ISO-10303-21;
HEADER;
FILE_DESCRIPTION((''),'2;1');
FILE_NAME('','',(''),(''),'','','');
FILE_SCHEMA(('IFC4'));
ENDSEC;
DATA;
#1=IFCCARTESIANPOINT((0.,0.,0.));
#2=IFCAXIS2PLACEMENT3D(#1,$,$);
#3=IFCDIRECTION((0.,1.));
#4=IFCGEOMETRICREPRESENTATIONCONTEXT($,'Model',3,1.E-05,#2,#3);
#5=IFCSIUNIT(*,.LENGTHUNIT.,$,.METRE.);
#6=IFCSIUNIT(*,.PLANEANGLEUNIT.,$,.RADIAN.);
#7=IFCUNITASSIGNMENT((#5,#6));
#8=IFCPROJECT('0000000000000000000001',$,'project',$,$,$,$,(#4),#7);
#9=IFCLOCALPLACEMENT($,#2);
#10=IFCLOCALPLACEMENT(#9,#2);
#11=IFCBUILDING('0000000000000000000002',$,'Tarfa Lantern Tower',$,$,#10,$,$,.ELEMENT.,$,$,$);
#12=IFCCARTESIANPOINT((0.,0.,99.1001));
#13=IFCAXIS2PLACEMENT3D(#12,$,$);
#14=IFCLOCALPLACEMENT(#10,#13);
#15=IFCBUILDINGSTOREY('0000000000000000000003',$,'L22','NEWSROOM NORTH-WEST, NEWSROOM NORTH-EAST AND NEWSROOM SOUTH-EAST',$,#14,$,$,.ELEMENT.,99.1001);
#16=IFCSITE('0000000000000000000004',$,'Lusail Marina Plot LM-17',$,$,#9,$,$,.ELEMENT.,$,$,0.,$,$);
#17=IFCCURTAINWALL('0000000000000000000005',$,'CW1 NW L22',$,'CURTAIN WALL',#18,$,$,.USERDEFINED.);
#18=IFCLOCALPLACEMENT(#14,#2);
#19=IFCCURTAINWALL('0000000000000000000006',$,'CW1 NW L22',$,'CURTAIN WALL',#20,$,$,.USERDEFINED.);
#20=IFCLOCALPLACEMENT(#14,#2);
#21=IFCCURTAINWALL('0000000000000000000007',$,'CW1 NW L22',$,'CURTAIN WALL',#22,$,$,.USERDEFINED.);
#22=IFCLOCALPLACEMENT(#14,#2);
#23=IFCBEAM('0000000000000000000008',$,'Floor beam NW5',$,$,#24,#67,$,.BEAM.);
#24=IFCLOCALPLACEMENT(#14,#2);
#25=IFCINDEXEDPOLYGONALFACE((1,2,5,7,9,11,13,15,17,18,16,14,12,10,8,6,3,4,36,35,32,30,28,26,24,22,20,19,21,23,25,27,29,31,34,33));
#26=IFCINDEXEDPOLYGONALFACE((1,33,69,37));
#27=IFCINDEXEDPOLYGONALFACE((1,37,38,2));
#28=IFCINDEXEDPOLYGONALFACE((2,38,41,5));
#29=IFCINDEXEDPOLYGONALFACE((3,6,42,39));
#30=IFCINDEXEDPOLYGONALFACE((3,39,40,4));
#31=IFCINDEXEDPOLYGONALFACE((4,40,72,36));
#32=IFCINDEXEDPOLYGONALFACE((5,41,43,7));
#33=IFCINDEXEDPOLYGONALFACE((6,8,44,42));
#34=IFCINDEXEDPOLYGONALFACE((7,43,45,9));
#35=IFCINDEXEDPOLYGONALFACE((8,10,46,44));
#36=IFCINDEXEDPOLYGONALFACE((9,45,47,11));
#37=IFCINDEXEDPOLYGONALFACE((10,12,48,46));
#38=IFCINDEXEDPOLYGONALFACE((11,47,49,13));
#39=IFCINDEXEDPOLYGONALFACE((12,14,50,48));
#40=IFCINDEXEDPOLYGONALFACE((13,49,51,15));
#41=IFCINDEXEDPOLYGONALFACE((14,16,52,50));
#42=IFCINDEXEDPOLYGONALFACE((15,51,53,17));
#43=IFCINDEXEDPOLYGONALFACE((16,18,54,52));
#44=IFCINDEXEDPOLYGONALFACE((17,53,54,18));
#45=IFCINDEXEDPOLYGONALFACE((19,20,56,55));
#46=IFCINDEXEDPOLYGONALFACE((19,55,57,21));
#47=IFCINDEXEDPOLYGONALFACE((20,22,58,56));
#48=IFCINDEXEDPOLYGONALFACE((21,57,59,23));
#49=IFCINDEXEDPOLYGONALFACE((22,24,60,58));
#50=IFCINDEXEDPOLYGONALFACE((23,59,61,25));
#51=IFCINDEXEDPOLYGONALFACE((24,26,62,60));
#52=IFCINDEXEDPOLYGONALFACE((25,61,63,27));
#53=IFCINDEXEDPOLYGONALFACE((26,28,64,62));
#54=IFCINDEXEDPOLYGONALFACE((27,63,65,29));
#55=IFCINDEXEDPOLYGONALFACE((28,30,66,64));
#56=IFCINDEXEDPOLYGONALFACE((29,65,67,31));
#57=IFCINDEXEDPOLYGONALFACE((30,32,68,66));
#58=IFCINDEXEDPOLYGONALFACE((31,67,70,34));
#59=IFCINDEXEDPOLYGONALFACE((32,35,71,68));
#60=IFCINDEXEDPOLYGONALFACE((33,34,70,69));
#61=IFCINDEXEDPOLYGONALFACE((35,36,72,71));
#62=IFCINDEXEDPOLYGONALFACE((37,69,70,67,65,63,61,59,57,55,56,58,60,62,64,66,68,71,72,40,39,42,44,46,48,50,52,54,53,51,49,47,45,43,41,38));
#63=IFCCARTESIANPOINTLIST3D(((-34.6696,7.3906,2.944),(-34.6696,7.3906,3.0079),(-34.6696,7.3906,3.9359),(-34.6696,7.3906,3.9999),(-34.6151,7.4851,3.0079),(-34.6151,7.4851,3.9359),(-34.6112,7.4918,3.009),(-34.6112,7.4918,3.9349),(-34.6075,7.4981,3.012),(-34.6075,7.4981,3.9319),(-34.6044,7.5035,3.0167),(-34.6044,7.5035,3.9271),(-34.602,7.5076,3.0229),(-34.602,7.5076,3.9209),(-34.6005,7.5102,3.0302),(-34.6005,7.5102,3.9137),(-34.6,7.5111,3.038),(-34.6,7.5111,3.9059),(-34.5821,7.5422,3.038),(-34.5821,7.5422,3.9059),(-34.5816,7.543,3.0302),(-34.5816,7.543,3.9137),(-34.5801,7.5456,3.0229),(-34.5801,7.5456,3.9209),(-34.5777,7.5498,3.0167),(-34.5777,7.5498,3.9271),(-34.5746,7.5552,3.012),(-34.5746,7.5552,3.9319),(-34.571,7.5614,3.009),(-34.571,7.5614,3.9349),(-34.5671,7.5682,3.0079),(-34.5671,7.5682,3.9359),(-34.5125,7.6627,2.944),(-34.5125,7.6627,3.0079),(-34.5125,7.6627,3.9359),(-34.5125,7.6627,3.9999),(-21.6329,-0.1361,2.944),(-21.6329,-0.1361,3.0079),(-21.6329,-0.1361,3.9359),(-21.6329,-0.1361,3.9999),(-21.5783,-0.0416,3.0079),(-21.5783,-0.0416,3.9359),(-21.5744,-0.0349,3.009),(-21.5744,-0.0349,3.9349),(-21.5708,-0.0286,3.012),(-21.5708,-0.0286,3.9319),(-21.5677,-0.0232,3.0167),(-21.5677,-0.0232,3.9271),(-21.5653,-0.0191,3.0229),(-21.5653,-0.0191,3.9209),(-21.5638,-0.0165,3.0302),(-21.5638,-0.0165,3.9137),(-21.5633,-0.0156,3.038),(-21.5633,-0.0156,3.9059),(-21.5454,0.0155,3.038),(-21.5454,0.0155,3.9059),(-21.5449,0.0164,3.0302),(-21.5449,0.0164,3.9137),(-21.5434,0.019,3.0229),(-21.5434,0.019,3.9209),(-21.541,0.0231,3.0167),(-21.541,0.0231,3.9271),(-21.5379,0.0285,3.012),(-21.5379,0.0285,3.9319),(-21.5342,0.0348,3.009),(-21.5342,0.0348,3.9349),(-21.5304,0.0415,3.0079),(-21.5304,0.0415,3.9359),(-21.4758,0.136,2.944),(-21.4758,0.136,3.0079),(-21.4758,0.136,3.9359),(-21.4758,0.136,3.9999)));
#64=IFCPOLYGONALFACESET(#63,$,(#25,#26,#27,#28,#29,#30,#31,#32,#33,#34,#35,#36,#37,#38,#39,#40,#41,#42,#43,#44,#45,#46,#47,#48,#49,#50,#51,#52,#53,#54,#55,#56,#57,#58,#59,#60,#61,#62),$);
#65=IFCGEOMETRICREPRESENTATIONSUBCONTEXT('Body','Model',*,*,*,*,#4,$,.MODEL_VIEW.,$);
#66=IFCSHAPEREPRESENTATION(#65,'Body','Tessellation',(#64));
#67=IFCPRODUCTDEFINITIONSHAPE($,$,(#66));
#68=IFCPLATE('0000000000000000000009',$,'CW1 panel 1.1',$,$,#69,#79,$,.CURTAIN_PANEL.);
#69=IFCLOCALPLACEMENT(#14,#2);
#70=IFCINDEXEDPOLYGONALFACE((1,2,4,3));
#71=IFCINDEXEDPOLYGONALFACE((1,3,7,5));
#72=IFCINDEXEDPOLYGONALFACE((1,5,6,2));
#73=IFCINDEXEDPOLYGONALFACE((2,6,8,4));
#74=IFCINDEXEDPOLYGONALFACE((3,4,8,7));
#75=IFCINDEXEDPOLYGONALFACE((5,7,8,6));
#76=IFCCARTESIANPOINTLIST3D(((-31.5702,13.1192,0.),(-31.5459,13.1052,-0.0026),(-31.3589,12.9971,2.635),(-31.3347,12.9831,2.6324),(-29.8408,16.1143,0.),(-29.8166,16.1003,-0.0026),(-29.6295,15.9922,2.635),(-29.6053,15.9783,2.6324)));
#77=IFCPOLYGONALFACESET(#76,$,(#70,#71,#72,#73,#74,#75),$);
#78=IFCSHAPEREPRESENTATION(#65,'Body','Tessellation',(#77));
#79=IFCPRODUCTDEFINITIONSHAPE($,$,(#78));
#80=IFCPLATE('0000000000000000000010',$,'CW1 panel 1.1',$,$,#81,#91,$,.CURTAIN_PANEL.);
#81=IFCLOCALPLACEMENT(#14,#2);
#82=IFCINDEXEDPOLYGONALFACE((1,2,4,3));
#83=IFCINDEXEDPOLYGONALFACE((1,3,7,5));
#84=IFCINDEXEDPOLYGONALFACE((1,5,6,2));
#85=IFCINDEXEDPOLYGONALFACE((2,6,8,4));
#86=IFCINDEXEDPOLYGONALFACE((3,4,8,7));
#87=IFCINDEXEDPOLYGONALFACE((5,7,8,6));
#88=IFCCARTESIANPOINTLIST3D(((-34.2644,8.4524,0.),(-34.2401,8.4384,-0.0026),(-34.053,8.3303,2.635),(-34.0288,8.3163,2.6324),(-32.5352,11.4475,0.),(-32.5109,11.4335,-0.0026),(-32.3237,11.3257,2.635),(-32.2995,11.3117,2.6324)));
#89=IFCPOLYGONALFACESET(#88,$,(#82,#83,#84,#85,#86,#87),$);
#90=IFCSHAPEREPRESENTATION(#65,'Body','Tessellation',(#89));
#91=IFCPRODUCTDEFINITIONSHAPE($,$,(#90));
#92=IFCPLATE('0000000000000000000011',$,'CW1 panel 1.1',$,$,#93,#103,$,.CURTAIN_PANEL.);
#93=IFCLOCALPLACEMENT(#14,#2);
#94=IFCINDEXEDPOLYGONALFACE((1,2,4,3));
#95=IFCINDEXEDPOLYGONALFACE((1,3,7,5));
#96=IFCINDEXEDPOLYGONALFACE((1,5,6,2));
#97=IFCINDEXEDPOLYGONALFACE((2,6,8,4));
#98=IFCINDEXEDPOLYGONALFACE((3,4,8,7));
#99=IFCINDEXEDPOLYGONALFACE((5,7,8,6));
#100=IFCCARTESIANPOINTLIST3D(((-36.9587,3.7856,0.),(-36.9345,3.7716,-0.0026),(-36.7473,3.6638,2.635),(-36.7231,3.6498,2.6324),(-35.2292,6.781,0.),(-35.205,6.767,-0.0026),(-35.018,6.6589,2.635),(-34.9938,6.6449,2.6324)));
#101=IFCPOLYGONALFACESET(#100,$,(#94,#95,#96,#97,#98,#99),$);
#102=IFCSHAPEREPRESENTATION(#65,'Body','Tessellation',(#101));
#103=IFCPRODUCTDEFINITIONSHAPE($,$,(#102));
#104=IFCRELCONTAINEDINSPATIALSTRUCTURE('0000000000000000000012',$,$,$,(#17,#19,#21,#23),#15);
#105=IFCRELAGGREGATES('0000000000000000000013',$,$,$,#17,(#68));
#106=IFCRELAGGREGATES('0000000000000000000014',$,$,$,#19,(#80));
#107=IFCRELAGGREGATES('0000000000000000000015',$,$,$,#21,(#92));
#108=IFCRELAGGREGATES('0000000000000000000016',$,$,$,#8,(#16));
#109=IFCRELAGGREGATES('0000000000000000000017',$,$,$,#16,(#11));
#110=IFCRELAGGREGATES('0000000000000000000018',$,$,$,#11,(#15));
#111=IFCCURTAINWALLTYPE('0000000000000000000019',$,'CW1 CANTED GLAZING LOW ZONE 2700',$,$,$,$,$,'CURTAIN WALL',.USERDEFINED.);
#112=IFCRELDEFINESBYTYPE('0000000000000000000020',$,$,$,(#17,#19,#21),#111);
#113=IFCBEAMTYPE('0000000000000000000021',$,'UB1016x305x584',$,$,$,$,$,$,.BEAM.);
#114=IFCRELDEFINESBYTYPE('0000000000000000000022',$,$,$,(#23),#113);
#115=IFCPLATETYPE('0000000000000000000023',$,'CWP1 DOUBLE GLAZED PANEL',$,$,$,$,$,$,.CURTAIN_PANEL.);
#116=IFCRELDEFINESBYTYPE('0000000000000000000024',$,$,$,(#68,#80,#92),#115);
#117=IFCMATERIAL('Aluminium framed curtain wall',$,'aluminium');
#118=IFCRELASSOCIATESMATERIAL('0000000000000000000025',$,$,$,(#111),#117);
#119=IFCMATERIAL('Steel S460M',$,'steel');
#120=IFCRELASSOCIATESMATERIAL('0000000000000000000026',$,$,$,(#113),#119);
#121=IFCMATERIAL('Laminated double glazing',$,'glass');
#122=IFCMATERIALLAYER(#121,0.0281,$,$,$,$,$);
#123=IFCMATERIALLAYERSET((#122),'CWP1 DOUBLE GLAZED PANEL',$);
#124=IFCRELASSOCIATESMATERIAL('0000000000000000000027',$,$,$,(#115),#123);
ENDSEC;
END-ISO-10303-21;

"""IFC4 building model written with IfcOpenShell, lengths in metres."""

from ifc_helpers import new_model, si_unit, direction, frame, origin, origin_2d, place, context, subcontext, project, spatial, polyline, i_section, outline, extrude, material, layer, layer_set, material_profile, profile_set, type_object, element, aggregate, save


model = new_model("IFC4")

# Units and contexts
model_context = context("Model", 3, precision=1e-05, world=origin(), true_north=direction((0.0, 1.0)))
body_context = subcontext(model_context, "Body", "Model", "MODEL_VIEW")
ifc_project = project(units=[si_unit("LENGTHUNIT", "METRE"), si_unit("PLANEANGLEUNIT", "RADIAN")], contexts=[model_context])

# Site, building, storey
site_placement = place(None, origin())
site = spatial("IfcSite", under=ifc_project, at=site_placement, Name="Lusail Marina Plot LM-17", CompositionType="ELEMENT", RefElevation=0.0)
building_placement = place(site_placement, origin())
building = spatial("IfcBuilding", under=site, at=building_placement, Name="Tarfa Lantern Tower", CompositionType="ELEMENT")
storey_placement = place(building_placement, frame((0.0, 0.0, 99.1001)))
storey = spatial("IfcBuildingStorey", under=building, at=storey_placement, Name="L22", Description="NEWSROOM NORTH-WEST, NEWSROOM NORTH-EAST AND NEWSROOM SOUTH-EAST", CompositionType="ELEMENT", Elevation=99.1001)

# Curtain walls
ifc_material_1 = material(Name="Aluminium framed curtain wall", Category="aluminium")
curtain_wall_type = type_object("IfcCurtainWallType", Name="CW1 CANTED GLAZING LOW ZONE 2700", ElementType="CURTAIN WALL", PredefinedType="USERDEFINED", material=ifc_material_1)
curtain_wall_1_placement = place(storey_placement, origin())
curtain_wall_1 = element("IfcCurtainWall", 1, at=curtain_wall_1_placement, inside=storey, type_object=curtain_wall_type, Name="CW1 NW L22", ObjectType="CURTAIN WALL", PredefinedType="USERDEFINED")
curtain_wall_2_placement = place(storey_placement, origin())
curtain_wall_2 = element("IfcCurtainWall", 2, at=curtain_wall_2_placement, inside=storey, type_object=curtain_wall_type, Name="CW1 NW L22", ObjectType="CURTAIN WALL", PredefinedType="USERDEFINED")
curtain_wall_3_placement = place(storey_placement, origin())
curtain_wall_3 = element("IfcCurtainWall", 3, at=curtain_wall_3_placement, inside=storey, type_object=curtain_wall_type, Name="CW1 NW L22", ObjectType="CURTAIN WALL", PredefinedType="USERDEFINED")

# Beam
ifc_material_2 = material(Name="Steel S460M", Category="steel")
ifc_material_profile_1 = material_profile(ifc_material_2, i_section(OverallWidth=0.3142, OverallDepth=1.0559, WebThickness=0.0359, FlangeThickness=0.064, FilletRadius=0.03, at=origin_2d()), Name="UB1016x305x584")
ifc_profile_set_1 = profile_set([ifc_material_profile_1], Name="Steel S460M")
beam_type_1 = type_object("IfcBeamType", Name="UB1016x305x584", PredefinedType="BEAM", material=ifc_profile_set_1)
beam_1_placement = place(storey_placement, frame((-34.5911, 7.5266, 3.4719), z_axis=(0.866028, -0.499996, 0.0), x_axis=(0.499996, 0.866028, 0.0)))
element("IfcBeam", 4, at=beam_1_placement, inside=storey, type_object=beam_type_1, Name="Floor beam NW5", PredefinedType="BEAM", context=body_context, shape_type="SweptSolid", body=[
    extrude(i_section(OverallWidth=0.3142, OverallDepth=1.0559, WebThickness=0.0359, FlangeThickness=0.064, FilletRadius=0.03, at=origin_2d()), origin(), (0.0, 0.0, 1.0), 15.0535),
])

# Plates
ifc_material_3 = material(Name="Laminated double glazing", Category="glass")
ifc_layer = layer(ifc_material_3, 0.0281)
ifc_layer_set = layer_set([ifc_layer], Name="CWP1 DOUBLE GLAZED PANEL")
plate_type = type_object("IfcPlateType", Name="CWP1 DOUBLE GLAZED PANEL", PredefinedType="CURTAIN_PANEL", material=ifc_layer_set)
plate_1_placement = place(storey_placement, frame((-29.8408, 16.1143, 0.0), z_axis=(-0.862318, 0.497899, 0.092216), x_axis=(-0.50003, -0.866008, 0.000003)))
plate_1 = element("IfcPlate", 5, at=plate_1_placement, type_object=plate_type, Name="CW1 panel 1.1", PredefinedType="CURTAIN_PANEL", context=body_context, shape_type="SweptSolid", body=[
    extrude(outline(polyline([(0.0, 0.0), (3.4585, 0.0), (3.4586, 2.6463), (0.0, 2.6463), (0.0, 0.0)])), origin(), (0.0, 0.0, -1.0), 0.0281),
])
aggregate(curtain_wall_1, [plate_1])
plate_2_placement = place(storey_placement, frame((-32.5352, 11.4475, 0.0), z_axis=(-0.862341, 0.497857, 0.092233), x_axis=(-0.499988, -0.866032, -0.000002)))
plate_2 = element("IfcPlate", 6, at=plate_2_placement, type_object=plate_type, Name="CW1 panel 1.1", PredefinedType="CURTAIN_PANEL", context=body_context, shape_type="SweptSolid", body=[
    extrude(outline(polyline([(0.0, 0.0), (3.4585, 0.0), (3.4585, 2.6463), (-0.0002, 2.6463), (0.0, 0.0)])), origin(), (0.0, 0.0, -1.0), 0.0281),
])
aggregate(curtain_wall_2, [plate_2])
plate_3_placement = place(storey_placement, frame((-35.2292, 6.781, 0.0), z_axis=(-0.862329, 0.497885, 0.092193), x_axis=(-0.500015, -0.866017, -0.000001)))
plate_3 = element("IfcPlate", 7, at=plate_3_placement, type_object=plate_type, Name="CW1 panel 1.1", PredefinedType="CURTAIN_PANEL", context=body_context, shape_type="SweptSolid", body=[
    extrude(outline(polyline([(0.0, 0.0), (3.4588, 0.0), (3.4586, 2.6463), (0.0001, 2.6463), (0.0, 0.0)])), origin(), (0.0, 0.0, -1.0), 0.0281),
])
aggregate(curtain_wall_3, [plate_3])

save(model, "model.ifc")
